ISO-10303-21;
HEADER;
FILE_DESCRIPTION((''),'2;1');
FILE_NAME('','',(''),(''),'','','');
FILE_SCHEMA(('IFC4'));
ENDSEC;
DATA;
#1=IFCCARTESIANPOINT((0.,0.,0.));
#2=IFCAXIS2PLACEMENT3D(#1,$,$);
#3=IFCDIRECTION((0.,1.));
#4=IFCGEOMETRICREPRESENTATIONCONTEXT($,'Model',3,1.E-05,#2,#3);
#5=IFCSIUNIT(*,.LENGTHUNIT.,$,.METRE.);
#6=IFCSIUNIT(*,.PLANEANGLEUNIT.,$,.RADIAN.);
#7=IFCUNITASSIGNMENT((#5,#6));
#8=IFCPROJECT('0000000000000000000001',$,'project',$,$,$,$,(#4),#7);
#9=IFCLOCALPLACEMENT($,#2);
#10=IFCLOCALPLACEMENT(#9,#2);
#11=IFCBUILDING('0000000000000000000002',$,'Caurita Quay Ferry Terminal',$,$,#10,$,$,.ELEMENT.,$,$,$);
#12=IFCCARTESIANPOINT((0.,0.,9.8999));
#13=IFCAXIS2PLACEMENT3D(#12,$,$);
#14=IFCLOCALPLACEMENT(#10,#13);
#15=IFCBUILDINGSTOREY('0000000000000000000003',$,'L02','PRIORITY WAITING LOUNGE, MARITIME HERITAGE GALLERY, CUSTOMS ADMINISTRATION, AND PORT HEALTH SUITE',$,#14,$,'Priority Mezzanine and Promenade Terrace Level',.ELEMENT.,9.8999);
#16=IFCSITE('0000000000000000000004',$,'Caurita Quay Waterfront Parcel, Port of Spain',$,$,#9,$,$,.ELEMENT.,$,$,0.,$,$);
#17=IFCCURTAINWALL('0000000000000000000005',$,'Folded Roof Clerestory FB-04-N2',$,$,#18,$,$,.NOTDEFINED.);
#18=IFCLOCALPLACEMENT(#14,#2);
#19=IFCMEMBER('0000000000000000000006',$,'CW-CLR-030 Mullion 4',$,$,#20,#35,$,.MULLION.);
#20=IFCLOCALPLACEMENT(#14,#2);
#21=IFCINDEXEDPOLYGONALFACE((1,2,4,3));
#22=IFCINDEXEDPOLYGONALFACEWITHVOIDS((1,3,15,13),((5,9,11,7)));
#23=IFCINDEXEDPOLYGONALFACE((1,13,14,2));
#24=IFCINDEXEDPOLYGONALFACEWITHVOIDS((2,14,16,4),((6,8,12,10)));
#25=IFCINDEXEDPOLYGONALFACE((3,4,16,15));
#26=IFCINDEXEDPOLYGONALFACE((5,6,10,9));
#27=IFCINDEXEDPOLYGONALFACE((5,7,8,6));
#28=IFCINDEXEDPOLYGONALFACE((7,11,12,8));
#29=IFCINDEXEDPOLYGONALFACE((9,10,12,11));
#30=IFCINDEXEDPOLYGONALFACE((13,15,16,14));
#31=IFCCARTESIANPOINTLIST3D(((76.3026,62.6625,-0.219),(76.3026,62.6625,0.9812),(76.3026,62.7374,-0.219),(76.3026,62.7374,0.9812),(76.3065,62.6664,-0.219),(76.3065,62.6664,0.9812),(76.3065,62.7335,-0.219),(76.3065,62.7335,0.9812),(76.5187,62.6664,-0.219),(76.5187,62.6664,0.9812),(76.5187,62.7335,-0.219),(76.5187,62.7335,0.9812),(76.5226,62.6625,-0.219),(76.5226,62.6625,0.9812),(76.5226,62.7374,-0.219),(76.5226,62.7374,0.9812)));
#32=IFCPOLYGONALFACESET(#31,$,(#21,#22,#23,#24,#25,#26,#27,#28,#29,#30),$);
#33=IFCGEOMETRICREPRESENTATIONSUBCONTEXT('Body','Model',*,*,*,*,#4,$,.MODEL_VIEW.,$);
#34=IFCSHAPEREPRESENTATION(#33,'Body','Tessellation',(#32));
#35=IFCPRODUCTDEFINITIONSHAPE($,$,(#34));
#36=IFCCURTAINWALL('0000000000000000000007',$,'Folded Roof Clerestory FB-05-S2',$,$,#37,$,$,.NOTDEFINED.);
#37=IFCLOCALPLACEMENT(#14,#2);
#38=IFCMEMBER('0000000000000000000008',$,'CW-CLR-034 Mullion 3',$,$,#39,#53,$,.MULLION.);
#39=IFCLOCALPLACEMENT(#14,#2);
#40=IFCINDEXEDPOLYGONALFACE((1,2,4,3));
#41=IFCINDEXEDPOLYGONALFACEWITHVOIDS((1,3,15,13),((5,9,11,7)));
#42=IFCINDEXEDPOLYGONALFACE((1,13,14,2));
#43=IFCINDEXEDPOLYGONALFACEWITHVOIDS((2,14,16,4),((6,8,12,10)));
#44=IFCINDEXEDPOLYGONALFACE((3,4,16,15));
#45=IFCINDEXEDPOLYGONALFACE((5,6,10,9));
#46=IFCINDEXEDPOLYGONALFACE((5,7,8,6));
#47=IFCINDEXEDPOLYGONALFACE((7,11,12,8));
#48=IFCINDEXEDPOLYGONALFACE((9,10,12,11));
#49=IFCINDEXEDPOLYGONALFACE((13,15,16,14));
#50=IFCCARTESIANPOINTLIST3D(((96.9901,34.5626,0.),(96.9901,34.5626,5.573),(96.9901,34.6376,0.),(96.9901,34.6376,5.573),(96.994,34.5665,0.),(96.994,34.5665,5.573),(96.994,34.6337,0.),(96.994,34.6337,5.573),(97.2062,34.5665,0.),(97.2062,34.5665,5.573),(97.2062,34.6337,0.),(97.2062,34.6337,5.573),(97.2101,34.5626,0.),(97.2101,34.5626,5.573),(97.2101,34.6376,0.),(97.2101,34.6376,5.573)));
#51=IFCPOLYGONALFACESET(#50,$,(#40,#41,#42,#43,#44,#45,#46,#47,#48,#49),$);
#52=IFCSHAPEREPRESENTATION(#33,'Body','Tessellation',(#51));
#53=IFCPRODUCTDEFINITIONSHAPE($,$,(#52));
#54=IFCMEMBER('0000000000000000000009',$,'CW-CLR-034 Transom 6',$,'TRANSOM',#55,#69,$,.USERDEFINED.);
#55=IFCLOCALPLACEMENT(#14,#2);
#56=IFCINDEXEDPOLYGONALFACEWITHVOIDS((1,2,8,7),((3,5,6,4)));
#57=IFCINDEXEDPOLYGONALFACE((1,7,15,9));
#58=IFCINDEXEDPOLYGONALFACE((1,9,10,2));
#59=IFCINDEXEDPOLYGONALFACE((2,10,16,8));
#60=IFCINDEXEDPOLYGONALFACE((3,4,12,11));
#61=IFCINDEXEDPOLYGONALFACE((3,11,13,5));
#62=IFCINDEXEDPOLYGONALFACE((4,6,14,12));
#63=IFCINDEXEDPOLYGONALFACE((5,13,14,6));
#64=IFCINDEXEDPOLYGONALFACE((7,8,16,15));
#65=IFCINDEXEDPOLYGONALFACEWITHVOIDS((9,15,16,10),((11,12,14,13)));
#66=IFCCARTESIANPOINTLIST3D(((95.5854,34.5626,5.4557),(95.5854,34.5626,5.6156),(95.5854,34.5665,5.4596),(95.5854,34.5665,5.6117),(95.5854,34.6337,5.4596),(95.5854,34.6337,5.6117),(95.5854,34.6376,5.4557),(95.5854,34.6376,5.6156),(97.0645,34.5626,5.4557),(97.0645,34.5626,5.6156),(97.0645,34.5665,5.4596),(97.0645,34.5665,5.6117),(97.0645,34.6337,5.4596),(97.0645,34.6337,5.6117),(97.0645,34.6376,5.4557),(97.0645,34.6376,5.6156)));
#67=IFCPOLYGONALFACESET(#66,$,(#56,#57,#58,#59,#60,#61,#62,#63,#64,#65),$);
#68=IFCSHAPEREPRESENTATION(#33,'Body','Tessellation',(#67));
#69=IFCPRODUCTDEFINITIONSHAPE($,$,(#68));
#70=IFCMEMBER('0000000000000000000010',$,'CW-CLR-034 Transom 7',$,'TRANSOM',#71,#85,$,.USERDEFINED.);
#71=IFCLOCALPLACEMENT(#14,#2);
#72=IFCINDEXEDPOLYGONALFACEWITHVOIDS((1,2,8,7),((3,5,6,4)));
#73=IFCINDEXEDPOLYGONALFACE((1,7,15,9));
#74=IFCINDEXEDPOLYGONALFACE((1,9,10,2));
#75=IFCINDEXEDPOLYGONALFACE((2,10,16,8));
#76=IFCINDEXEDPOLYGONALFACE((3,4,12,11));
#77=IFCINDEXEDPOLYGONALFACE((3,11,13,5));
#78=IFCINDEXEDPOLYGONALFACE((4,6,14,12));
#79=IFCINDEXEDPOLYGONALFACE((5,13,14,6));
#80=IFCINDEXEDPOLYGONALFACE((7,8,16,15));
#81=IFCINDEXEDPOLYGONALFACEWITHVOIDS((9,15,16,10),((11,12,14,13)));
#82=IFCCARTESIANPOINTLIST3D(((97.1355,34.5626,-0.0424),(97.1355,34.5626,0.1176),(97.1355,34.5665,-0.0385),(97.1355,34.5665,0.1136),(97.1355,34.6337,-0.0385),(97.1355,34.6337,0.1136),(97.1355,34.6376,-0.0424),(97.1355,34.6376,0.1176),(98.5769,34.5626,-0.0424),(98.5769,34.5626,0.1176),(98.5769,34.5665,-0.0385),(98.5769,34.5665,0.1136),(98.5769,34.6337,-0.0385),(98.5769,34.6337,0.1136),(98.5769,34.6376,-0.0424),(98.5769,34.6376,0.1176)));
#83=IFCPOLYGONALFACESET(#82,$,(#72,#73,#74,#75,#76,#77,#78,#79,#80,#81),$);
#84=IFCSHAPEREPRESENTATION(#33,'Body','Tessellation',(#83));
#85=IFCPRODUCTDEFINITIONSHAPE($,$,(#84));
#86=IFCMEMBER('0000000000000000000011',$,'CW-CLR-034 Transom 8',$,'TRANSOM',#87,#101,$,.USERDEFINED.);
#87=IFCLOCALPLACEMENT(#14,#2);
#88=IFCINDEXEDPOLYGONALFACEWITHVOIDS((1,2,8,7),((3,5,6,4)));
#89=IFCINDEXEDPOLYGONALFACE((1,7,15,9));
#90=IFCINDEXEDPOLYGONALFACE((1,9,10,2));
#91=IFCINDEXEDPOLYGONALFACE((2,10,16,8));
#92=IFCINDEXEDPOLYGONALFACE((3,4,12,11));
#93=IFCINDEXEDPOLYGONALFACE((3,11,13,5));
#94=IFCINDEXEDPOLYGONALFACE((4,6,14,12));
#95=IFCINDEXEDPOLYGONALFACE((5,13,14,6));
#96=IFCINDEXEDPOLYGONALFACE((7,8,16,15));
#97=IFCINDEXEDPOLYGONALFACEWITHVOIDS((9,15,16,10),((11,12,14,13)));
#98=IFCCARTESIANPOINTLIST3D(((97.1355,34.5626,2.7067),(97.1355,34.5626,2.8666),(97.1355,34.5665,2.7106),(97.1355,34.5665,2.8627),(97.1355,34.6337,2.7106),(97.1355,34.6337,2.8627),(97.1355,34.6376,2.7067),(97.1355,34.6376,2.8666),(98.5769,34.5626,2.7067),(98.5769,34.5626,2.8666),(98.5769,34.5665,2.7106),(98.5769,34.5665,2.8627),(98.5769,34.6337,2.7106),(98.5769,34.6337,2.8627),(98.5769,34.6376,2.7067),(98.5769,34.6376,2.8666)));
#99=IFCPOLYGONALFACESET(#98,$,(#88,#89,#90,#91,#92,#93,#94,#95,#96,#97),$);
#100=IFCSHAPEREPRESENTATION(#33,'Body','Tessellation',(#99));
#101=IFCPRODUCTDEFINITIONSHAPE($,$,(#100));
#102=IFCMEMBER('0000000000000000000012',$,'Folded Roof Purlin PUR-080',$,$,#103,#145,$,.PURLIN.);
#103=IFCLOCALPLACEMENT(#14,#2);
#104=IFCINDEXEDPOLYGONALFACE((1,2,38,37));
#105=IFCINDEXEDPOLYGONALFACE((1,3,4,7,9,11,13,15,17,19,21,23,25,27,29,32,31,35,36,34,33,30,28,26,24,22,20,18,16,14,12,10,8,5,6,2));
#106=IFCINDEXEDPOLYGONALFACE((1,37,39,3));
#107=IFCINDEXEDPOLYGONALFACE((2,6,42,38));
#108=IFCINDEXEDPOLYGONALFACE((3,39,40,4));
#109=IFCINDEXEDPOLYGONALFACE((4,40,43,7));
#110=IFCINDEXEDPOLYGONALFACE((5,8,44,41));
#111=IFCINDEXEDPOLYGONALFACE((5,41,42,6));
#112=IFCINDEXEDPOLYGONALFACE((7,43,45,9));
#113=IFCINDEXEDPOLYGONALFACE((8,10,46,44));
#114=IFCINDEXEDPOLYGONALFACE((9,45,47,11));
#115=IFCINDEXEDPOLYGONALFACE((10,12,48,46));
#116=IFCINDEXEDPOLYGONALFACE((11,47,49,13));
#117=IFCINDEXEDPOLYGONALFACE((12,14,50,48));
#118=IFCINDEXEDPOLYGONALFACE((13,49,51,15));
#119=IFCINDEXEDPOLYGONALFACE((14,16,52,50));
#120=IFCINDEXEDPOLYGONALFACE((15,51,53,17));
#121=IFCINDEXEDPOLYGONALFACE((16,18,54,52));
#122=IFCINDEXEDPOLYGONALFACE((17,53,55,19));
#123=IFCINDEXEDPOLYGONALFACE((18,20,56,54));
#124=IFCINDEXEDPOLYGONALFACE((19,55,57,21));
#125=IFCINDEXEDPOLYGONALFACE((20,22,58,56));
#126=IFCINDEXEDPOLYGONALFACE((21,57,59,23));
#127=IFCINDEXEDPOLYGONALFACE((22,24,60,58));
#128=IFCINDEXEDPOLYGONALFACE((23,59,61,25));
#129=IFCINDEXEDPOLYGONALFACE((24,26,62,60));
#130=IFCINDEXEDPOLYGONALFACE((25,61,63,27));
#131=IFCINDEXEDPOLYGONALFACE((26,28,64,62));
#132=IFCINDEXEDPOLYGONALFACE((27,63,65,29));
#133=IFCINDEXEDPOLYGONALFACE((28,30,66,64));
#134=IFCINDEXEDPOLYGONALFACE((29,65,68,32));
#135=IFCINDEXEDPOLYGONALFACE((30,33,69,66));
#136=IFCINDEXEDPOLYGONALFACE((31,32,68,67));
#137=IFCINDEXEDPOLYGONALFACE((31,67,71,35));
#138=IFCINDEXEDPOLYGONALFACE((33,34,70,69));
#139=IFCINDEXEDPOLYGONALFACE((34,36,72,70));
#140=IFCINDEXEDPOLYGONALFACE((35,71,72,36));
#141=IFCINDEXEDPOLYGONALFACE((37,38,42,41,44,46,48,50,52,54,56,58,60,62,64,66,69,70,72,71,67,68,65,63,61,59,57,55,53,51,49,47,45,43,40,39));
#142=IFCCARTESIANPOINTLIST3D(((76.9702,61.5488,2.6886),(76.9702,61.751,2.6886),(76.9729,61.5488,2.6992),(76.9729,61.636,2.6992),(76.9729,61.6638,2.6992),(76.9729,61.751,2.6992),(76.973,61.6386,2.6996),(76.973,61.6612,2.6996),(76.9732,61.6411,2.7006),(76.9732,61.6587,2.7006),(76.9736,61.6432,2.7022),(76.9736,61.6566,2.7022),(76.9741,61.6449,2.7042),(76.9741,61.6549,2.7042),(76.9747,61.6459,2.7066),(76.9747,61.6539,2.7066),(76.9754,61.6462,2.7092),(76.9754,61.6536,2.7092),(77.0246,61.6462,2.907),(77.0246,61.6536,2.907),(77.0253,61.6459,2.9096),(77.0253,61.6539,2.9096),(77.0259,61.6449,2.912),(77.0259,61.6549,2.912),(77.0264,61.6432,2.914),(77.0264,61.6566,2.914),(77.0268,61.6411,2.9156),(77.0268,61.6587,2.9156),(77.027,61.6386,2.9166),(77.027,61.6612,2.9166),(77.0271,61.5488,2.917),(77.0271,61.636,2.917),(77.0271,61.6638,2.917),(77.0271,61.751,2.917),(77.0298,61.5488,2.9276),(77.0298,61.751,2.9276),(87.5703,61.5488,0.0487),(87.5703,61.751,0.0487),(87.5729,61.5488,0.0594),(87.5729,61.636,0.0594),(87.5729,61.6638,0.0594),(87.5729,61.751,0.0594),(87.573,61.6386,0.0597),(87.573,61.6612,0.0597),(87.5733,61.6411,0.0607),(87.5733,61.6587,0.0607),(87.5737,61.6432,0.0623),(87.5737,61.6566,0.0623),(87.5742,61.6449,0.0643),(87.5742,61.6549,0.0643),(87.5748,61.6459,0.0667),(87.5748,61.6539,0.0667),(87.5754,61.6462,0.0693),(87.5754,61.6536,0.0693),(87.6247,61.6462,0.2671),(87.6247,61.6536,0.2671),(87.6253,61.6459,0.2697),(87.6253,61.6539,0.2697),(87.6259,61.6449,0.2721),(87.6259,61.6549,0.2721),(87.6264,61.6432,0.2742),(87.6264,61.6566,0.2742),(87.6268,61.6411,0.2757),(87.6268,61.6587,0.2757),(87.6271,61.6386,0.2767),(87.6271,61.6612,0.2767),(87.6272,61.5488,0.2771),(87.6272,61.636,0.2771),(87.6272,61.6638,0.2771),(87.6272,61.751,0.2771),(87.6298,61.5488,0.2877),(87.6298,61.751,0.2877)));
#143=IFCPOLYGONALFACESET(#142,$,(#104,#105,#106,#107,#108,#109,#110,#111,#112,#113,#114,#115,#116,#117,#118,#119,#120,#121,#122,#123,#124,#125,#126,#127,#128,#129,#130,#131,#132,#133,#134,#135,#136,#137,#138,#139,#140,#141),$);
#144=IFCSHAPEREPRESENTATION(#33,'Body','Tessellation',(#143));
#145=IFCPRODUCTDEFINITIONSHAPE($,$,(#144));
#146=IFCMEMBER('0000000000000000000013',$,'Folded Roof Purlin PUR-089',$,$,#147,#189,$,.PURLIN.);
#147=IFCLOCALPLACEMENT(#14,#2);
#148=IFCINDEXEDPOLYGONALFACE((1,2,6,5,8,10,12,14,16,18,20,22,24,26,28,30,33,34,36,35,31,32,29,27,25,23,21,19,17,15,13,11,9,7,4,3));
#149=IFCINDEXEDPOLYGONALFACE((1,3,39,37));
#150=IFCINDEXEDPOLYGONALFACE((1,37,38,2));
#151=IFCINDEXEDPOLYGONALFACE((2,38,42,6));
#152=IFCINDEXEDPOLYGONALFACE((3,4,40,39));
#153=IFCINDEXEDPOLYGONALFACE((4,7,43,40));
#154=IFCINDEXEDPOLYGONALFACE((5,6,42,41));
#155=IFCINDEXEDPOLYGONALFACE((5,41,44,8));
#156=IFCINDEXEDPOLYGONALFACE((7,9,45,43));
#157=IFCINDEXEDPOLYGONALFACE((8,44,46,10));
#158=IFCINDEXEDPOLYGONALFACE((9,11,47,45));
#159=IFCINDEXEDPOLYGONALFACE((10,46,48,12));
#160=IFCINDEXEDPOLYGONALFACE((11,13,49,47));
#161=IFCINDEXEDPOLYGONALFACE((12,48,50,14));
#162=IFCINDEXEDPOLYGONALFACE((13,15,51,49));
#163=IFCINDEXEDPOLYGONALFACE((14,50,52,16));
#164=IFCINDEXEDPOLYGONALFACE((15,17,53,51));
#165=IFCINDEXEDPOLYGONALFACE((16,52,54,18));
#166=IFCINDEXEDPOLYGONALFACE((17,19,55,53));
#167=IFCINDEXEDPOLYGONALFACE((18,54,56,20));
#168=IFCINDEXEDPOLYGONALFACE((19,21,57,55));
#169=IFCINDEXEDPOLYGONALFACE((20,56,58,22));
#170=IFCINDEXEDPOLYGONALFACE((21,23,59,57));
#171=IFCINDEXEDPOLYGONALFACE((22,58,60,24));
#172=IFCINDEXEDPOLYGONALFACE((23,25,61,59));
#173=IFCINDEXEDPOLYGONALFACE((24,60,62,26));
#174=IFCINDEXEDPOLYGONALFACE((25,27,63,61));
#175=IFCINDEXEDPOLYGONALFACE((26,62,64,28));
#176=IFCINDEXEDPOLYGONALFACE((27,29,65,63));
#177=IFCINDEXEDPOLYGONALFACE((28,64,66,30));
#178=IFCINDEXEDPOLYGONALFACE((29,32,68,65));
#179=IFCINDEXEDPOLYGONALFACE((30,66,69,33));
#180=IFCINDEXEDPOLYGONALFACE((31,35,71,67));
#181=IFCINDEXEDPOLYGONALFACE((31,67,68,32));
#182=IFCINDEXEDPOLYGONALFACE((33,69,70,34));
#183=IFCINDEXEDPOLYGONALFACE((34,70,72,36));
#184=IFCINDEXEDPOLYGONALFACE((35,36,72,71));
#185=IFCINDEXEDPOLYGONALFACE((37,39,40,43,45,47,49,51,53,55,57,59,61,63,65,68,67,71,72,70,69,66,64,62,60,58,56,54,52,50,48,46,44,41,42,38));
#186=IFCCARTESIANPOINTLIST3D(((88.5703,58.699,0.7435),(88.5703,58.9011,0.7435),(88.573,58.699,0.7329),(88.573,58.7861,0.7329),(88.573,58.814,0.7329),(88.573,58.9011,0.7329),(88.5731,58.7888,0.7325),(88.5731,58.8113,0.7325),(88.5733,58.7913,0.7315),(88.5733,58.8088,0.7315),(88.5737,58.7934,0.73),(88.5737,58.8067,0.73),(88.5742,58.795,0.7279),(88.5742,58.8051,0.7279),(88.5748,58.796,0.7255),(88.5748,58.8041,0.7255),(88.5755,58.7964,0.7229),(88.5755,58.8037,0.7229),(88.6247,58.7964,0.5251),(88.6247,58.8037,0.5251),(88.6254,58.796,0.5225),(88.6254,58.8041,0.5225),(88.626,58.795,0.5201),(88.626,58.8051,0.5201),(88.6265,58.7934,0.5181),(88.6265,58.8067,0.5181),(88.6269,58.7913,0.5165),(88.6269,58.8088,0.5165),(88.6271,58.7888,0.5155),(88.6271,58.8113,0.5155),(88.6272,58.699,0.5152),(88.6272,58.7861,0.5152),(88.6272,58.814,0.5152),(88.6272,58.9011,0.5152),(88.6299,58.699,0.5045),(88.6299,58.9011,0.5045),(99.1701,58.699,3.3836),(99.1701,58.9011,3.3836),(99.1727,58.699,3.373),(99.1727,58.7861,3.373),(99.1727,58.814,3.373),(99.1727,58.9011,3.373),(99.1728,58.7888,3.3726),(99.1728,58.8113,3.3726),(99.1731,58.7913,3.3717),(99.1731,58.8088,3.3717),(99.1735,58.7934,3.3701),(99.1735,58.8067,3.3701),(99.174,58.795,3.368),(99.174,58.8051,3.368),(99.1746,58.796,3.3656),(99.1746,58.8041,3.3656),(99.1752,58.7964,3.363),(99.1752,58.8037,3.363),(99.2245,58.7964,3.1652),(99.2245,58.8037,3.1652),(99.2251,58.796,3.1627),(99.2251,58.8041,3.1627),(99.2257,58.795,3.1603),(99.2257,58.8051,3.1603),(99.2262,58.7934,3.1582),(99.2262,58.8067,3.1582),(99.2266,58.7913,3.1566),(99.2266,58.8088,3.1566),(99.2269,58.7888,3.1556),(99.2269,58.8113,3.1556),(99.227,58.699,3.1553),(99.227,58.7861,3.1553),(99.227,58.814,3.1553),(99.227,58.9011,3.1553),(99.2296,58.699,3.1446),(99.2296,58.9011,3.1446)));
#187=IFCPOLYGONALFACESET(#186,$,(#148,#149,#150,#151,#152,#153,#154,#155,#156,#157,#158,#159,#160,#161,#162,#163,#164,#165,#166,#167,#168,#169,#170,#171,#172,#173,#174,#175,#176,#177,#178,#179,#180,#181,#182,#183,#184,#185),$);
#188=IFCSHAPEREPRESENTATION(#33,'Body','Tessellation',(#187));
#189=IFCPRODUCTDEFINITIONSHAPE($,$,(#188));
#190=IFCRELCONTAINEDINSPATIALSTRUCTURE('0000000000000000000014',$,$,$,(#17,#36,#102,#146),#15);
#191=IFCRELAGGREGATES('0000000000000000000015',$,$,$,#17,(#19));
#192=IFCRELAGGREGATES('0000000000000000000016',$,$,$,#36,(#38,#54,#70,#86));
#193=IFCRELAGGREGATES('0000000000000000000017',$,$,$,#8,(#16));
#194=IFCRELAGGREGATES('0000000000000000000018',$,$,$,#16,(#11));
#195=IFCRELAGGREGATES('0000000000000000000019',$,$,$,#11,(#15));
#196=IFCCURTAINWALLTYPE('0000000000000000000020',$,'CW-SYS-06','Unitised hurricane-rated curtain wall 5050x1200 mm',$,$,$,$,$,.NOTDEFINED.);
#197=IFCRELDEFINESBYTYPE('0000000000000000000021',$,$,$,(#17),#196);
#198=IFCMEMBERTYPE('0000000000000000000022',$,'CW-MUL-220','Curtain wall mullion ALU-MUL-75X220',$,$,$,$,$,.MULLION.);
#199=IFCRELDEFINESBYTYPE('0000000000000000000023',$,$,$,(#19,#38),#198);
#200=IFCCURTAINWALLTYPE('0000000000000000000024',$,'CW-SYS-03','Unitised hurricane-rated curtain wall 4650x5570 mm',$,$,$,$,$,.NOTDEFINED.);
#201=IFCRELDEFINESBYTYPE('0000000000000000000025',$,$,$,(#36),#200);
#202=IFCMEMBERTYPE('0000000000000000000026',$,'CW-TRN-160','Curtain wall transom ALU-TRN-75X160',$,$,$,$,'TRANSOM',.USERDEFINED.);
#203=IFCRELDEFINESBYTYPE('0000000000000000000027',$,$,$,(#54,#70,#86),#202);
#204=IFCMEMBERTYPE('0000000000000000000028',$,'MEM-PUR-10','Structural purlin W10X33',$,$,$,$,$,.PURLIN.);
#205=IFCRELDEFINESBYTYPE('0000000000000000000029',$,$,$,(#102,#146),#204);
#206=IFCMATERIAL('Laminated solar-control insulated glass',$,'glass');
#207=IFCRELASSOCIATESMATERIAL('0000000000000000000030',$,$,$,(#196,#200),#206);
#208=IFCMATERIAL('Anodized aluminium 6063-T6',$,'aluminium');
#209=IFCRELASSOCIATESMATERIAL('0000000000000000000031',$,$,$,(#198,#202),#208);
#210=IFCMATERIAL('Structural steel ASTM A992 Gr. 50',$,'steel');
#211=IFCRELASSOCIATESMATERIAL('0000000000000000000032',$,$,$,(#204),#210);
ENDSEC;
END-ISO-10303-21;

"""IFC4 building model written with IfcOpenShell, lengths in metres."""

from ifc_helpers import new_model, si_unit, direction, frame, origin, origin_2d, place, context, subcontext, project, spatial, hollow_rectangle, i_section, extrude, material, material_profile, profile_set, type_object, element, aggregate, save


model = new_model("IFC4")

# Units and contexts
model_context = context("Model", 3, precision=1e-05, world=origin(), true_north=direction((0.0, 1.0)))
body_context = subcontext(model_context, "Body", "Model", "MODEL_VIEW")
ifc_project = project(units=[si_unit("LENGTHUNIT", "METRE"), si_unit("PLANEANGLEUNIT", "RADIAN")], contexts=[model_context])

# Site, building, storey
site_placement = place(None, origin())
site = spatial("IfcSite", under=ifc_project, at=site_placement, Name="Caurita Quay Waterfront Parcel, Port of Spain", CompositionType="ELEMENT", RefElevation=0.0)
building_placement = place(site_placement, origin())
building = spatial("IfcBuilding", under=site, at=building_placement, Name="Caurita Quay Ferry Terminal", CompositionType="ELEMENT")
storey_placement = place(building_placement, frame((0.0, 0.0, 9.8999)))
storey = spatial("IfcBuildingStorey", under=building, at=storey_placement, Name="L02", Description="PRIORITY WAITING LOUNGE, MARITIME HERITAGE GALLERY, CUSTOMS ADMINISTRATION, AND PORT HEALTH SUITE", LongName="Priority Mezzanine and Promenade Terrace Level", CompositionType="ELEMENT", Elevation=9.8999)

# Shared definitions
ifc_material_1 = material(Name="Structural steel ASTM A992 Gr. 50", Category="steel")

# Curtain wall, member
ifc_material_2 = material(Name="Laminated solar-control insulated glass", Category="glass")
curtain_wall_type_1 = type_object("IfcCurtainWallType", Name="CW-SYS-06", Description="Unitised hurricane-rated curtain wall 5050x1200 mm", PredefinedType="NOTDEFINED", material=ifc_material_2)
curtain_wall_1_placement = place(storey_placement, origin())
curtain_wall_1 = element("IfcCurtainWall", 1, at=curtain_wall_1_placement, inside=storey, type_object=curtain_wall_type_1, Name="Folded Roof Clerestory FB-04-N2", PredefinedType="NOTDEFINED")
ifc_material_3 = material(Name="Anodized aluminium 6063-T6", Category="aluminium")
ifc_material_profile_1 = material_profile(ifc_material_3, hollow_rectangle(XDim=0.075, YDim=0.22, WallThickness=0.0039, at=origin_2d()), Name="ALU-MUL-75X220")
ifc_profile_set_1 = profile_set([ifc_material_profile_1], Name="Anodized aluminium 6063-T6")
member_type_1 = type_object("IfcMemberType", Name="CW-MUL-220", Description="Curtain wall mullion ALU-MUL-75X220", PredefinedType="MULLION", material=ifc_profile_set_1)
member_1_placement = place(storey_placement, frame((76.4126, 62.7, -0.219), z_axis=(0.0, 0.0, 1.0), x_axis=(0.0, 1.0, 0.0)))
member_1 = element("IfcMember", 2, at=member_1_placement, type_object=member_type_1, Name="CW-CLR-030 Mullion 4", PredefinedType="MULLION", context=body_context, shape_type="SweptSolid", body=[
    extrude(hollow_rectangle(XDim=0.075, YDim=0.22, WallThickness=0.0039, at=origin_2d()), origin(), (0.0, 0.0, 1.0), 1.2002),
])
aggregate(curtain_wall_1, [member_1])

# Curtain wall, members
curtain_wall_type_2 = type_object("IfcCurtainWallType", Name="CW-SYS-03", Description="Unitised hurricane-rated curtain wall 4650x5570 mm", PredefinedType="NOTDEFINED", material=ifc_material_2)
curtain_wall_2_placement = place(storey_placement, origin())
curtain_wall_2 = element("IfcCurtainWall", 3, at=curtain_wall_2_placement, inside=storey, type_object=curtain_wall_type_2, Name="Folded Roof Clerestory FB-05-S2", PredefinedType="NOTDEFINED")
member_2_placement = place(storey_placement, frame((97.1001, 34.6001, 0.0), z_axis=(0.0, 0.0, 1.0), x_axis=(0.0, 1.0, 0.0)))
member_2 = element("IfcMember", 4, at=member_2_placement, type_object=member_type_1, Name="CW-CLR-034 Mullion 3", PredefinedType="MULLION", context=body_context, shape_type="SweptSolid", body=[
    extrude(hollow_rectangle(XDim=0.075, YDim=0.22, WallThickness=0.0039, at=origin_2d()), origin(), (0.0, 0.0, 1.0), 5.573),
])
ifc_material_profile_2 = material_profile(ifc_material_3, hollow_rectangle(XDim=0.075, YDim=0.1599, WallThickness=0.0039, at=origin_2d()), Name="ALU-TRN-75X160")
ifc_profile_set_2 = profile_set([ifc_material_profile_2], Name="Anodized aluminium 6063-T6")
member_type_2 = type_object("IfcMemberType", Name="CW-TRN-160", Description="Curtain wall transom ALU-TRN-75X160", ElementType="TRANSOM", PredefinedType="USERDEFINED", material=ifc_profile_set_2)
member_3_placement = place(storey_placement, frame((95.5854, 34.6001, 5.5356), z_axis=(1.0, 0.0, 0.0), x_axis=(0.0, 1.0, 0.0)))
member_3 = element("IfcMember", 5, at=member_3_placement, type_object=member_type_2, Name="CW-CLR-034 Transom 6", ObjectType="TRANSOM", PredefinedType="USERDEFINED", context=body_context, shape_type="SweptSolid", body=[
    extrude(hollow_rectangle(XDim=0.075, YDim=0.1599, WallThickness=0.0039, at=origin_2d()), origin(), (0.0, 0.0, 1.0), 1.479),
])
member_4_placement = place(storey_placement, frame((97.1355, 34.6001, 0.0376), z_axis=(1.0, 0.0, 0.0), x_axis=(0.0, 1.0, 0.0)))
member_4 = element("IfcMember", 6, at=member_4_placement, type_object=member_type_2, Name="CW-CLR-034 Transom 7", ObjectType="TRANSOM", PredefinedType="USERDEFINED", context=body_context, shape_type="SweptSolid", body=[
    extrude(hollow_rectangle(XDim=0.075, YDim=0.1599, WallThickness=0.0039, at=origin_2d()), origin(), (0.0, 0.0, 1.0), 1.4414),
])
member_5_placement = place(storey_placement, frame((97.1355, 34.6001, 2.7866), z_axis=(1.0, 0.0, 0.0), x_axis=(0.0, 1.0, 0.0)))
member_5 = element("IfcMember", 7, at=member_5_placement, type_object=member_type_2, Name="CW-CLR-034 Transom 8", ObjectType="TRANSOM", PredefinedType="USERDEFINED", context=body_context, shape_type="SweptSolid", body=[
    extrude(hollow_rectangle(XDim=0.075, YDim=0.1599, WallThickness=0.0039, at=origin_2d()), origin(), (0.0, 0.0, 1.0), 1.4414),
])

# Members
ifc_material_profile_3 = material_profile(ifc_material_1, i_section(OverallWidth=0.2021, OverallDepth=0.2463, WebThickness=0.0073, FlangeThickness=0.011, FilletRadius=0.0103, at=origin_2d()), Name="W10X33")
ifc_profile_set_3 = profile_set([ifc_material_profile_3], Name="Structural steel ASTM A992 Gr. 50")
member_type_3 = type_object("IfcMemberType", Name="MEM-PUR-10", Description="Structural purlin W10X33", PredefinedType="PURLIN", material=ifc_profile_set_3)
member_6_placement = place(storey_placement, frame((77.0, 61.6499, 2.8081), z_axis=(0.97036, 0.0, -0.241663), x_axis=(0.0, 1.0, 0.0)))
element("IfcMember", 8, at=member_6_placement, inside=storey, type_object=member_type_3, Name="Folded Roof Purlin PUR-080", PredefinedType="PURLIN", context=body_context, shape_type="SweptSolid", body=[
    extrude(i_section(OverallWidth=0.2021, OverallDepth=0.2463, WebThickness=0.0073, FlangeThickness=0.011, FilletRadius=0.0103, at=origin_2d()), origin(), (0.0, 0.0, 1.0), 10.9238),
])
member_7_placement = place(storey_placement, frame((88.6001, 58.8, 0.624), z_axis=(0.970354, 0.0, 0.241689), x_axis=(0.0, 1.0, 0.0)))
element("IfcMember", 9, at=member_7_placement, inside=storey, type_object=member_type_3, Name="Folded Roof Purlin PUR-089", PredefinedType="PURLIN", context=body_context, shape_type="SweptSolid", body=[
    extrude(i_section(OverallWidth=0.2021, OverallDepth=0.2463, WebThickness=0.0073, FlangeThickness=0.011, FilletRadius=0.0103, at=origin_2d()), origin(), (0.0, 0.0, 1.0), 10.9236),
])

aggregate(curtain_wall_2, [member_2, member_3, member_4, member_5])

save(model, "model.ifc")
